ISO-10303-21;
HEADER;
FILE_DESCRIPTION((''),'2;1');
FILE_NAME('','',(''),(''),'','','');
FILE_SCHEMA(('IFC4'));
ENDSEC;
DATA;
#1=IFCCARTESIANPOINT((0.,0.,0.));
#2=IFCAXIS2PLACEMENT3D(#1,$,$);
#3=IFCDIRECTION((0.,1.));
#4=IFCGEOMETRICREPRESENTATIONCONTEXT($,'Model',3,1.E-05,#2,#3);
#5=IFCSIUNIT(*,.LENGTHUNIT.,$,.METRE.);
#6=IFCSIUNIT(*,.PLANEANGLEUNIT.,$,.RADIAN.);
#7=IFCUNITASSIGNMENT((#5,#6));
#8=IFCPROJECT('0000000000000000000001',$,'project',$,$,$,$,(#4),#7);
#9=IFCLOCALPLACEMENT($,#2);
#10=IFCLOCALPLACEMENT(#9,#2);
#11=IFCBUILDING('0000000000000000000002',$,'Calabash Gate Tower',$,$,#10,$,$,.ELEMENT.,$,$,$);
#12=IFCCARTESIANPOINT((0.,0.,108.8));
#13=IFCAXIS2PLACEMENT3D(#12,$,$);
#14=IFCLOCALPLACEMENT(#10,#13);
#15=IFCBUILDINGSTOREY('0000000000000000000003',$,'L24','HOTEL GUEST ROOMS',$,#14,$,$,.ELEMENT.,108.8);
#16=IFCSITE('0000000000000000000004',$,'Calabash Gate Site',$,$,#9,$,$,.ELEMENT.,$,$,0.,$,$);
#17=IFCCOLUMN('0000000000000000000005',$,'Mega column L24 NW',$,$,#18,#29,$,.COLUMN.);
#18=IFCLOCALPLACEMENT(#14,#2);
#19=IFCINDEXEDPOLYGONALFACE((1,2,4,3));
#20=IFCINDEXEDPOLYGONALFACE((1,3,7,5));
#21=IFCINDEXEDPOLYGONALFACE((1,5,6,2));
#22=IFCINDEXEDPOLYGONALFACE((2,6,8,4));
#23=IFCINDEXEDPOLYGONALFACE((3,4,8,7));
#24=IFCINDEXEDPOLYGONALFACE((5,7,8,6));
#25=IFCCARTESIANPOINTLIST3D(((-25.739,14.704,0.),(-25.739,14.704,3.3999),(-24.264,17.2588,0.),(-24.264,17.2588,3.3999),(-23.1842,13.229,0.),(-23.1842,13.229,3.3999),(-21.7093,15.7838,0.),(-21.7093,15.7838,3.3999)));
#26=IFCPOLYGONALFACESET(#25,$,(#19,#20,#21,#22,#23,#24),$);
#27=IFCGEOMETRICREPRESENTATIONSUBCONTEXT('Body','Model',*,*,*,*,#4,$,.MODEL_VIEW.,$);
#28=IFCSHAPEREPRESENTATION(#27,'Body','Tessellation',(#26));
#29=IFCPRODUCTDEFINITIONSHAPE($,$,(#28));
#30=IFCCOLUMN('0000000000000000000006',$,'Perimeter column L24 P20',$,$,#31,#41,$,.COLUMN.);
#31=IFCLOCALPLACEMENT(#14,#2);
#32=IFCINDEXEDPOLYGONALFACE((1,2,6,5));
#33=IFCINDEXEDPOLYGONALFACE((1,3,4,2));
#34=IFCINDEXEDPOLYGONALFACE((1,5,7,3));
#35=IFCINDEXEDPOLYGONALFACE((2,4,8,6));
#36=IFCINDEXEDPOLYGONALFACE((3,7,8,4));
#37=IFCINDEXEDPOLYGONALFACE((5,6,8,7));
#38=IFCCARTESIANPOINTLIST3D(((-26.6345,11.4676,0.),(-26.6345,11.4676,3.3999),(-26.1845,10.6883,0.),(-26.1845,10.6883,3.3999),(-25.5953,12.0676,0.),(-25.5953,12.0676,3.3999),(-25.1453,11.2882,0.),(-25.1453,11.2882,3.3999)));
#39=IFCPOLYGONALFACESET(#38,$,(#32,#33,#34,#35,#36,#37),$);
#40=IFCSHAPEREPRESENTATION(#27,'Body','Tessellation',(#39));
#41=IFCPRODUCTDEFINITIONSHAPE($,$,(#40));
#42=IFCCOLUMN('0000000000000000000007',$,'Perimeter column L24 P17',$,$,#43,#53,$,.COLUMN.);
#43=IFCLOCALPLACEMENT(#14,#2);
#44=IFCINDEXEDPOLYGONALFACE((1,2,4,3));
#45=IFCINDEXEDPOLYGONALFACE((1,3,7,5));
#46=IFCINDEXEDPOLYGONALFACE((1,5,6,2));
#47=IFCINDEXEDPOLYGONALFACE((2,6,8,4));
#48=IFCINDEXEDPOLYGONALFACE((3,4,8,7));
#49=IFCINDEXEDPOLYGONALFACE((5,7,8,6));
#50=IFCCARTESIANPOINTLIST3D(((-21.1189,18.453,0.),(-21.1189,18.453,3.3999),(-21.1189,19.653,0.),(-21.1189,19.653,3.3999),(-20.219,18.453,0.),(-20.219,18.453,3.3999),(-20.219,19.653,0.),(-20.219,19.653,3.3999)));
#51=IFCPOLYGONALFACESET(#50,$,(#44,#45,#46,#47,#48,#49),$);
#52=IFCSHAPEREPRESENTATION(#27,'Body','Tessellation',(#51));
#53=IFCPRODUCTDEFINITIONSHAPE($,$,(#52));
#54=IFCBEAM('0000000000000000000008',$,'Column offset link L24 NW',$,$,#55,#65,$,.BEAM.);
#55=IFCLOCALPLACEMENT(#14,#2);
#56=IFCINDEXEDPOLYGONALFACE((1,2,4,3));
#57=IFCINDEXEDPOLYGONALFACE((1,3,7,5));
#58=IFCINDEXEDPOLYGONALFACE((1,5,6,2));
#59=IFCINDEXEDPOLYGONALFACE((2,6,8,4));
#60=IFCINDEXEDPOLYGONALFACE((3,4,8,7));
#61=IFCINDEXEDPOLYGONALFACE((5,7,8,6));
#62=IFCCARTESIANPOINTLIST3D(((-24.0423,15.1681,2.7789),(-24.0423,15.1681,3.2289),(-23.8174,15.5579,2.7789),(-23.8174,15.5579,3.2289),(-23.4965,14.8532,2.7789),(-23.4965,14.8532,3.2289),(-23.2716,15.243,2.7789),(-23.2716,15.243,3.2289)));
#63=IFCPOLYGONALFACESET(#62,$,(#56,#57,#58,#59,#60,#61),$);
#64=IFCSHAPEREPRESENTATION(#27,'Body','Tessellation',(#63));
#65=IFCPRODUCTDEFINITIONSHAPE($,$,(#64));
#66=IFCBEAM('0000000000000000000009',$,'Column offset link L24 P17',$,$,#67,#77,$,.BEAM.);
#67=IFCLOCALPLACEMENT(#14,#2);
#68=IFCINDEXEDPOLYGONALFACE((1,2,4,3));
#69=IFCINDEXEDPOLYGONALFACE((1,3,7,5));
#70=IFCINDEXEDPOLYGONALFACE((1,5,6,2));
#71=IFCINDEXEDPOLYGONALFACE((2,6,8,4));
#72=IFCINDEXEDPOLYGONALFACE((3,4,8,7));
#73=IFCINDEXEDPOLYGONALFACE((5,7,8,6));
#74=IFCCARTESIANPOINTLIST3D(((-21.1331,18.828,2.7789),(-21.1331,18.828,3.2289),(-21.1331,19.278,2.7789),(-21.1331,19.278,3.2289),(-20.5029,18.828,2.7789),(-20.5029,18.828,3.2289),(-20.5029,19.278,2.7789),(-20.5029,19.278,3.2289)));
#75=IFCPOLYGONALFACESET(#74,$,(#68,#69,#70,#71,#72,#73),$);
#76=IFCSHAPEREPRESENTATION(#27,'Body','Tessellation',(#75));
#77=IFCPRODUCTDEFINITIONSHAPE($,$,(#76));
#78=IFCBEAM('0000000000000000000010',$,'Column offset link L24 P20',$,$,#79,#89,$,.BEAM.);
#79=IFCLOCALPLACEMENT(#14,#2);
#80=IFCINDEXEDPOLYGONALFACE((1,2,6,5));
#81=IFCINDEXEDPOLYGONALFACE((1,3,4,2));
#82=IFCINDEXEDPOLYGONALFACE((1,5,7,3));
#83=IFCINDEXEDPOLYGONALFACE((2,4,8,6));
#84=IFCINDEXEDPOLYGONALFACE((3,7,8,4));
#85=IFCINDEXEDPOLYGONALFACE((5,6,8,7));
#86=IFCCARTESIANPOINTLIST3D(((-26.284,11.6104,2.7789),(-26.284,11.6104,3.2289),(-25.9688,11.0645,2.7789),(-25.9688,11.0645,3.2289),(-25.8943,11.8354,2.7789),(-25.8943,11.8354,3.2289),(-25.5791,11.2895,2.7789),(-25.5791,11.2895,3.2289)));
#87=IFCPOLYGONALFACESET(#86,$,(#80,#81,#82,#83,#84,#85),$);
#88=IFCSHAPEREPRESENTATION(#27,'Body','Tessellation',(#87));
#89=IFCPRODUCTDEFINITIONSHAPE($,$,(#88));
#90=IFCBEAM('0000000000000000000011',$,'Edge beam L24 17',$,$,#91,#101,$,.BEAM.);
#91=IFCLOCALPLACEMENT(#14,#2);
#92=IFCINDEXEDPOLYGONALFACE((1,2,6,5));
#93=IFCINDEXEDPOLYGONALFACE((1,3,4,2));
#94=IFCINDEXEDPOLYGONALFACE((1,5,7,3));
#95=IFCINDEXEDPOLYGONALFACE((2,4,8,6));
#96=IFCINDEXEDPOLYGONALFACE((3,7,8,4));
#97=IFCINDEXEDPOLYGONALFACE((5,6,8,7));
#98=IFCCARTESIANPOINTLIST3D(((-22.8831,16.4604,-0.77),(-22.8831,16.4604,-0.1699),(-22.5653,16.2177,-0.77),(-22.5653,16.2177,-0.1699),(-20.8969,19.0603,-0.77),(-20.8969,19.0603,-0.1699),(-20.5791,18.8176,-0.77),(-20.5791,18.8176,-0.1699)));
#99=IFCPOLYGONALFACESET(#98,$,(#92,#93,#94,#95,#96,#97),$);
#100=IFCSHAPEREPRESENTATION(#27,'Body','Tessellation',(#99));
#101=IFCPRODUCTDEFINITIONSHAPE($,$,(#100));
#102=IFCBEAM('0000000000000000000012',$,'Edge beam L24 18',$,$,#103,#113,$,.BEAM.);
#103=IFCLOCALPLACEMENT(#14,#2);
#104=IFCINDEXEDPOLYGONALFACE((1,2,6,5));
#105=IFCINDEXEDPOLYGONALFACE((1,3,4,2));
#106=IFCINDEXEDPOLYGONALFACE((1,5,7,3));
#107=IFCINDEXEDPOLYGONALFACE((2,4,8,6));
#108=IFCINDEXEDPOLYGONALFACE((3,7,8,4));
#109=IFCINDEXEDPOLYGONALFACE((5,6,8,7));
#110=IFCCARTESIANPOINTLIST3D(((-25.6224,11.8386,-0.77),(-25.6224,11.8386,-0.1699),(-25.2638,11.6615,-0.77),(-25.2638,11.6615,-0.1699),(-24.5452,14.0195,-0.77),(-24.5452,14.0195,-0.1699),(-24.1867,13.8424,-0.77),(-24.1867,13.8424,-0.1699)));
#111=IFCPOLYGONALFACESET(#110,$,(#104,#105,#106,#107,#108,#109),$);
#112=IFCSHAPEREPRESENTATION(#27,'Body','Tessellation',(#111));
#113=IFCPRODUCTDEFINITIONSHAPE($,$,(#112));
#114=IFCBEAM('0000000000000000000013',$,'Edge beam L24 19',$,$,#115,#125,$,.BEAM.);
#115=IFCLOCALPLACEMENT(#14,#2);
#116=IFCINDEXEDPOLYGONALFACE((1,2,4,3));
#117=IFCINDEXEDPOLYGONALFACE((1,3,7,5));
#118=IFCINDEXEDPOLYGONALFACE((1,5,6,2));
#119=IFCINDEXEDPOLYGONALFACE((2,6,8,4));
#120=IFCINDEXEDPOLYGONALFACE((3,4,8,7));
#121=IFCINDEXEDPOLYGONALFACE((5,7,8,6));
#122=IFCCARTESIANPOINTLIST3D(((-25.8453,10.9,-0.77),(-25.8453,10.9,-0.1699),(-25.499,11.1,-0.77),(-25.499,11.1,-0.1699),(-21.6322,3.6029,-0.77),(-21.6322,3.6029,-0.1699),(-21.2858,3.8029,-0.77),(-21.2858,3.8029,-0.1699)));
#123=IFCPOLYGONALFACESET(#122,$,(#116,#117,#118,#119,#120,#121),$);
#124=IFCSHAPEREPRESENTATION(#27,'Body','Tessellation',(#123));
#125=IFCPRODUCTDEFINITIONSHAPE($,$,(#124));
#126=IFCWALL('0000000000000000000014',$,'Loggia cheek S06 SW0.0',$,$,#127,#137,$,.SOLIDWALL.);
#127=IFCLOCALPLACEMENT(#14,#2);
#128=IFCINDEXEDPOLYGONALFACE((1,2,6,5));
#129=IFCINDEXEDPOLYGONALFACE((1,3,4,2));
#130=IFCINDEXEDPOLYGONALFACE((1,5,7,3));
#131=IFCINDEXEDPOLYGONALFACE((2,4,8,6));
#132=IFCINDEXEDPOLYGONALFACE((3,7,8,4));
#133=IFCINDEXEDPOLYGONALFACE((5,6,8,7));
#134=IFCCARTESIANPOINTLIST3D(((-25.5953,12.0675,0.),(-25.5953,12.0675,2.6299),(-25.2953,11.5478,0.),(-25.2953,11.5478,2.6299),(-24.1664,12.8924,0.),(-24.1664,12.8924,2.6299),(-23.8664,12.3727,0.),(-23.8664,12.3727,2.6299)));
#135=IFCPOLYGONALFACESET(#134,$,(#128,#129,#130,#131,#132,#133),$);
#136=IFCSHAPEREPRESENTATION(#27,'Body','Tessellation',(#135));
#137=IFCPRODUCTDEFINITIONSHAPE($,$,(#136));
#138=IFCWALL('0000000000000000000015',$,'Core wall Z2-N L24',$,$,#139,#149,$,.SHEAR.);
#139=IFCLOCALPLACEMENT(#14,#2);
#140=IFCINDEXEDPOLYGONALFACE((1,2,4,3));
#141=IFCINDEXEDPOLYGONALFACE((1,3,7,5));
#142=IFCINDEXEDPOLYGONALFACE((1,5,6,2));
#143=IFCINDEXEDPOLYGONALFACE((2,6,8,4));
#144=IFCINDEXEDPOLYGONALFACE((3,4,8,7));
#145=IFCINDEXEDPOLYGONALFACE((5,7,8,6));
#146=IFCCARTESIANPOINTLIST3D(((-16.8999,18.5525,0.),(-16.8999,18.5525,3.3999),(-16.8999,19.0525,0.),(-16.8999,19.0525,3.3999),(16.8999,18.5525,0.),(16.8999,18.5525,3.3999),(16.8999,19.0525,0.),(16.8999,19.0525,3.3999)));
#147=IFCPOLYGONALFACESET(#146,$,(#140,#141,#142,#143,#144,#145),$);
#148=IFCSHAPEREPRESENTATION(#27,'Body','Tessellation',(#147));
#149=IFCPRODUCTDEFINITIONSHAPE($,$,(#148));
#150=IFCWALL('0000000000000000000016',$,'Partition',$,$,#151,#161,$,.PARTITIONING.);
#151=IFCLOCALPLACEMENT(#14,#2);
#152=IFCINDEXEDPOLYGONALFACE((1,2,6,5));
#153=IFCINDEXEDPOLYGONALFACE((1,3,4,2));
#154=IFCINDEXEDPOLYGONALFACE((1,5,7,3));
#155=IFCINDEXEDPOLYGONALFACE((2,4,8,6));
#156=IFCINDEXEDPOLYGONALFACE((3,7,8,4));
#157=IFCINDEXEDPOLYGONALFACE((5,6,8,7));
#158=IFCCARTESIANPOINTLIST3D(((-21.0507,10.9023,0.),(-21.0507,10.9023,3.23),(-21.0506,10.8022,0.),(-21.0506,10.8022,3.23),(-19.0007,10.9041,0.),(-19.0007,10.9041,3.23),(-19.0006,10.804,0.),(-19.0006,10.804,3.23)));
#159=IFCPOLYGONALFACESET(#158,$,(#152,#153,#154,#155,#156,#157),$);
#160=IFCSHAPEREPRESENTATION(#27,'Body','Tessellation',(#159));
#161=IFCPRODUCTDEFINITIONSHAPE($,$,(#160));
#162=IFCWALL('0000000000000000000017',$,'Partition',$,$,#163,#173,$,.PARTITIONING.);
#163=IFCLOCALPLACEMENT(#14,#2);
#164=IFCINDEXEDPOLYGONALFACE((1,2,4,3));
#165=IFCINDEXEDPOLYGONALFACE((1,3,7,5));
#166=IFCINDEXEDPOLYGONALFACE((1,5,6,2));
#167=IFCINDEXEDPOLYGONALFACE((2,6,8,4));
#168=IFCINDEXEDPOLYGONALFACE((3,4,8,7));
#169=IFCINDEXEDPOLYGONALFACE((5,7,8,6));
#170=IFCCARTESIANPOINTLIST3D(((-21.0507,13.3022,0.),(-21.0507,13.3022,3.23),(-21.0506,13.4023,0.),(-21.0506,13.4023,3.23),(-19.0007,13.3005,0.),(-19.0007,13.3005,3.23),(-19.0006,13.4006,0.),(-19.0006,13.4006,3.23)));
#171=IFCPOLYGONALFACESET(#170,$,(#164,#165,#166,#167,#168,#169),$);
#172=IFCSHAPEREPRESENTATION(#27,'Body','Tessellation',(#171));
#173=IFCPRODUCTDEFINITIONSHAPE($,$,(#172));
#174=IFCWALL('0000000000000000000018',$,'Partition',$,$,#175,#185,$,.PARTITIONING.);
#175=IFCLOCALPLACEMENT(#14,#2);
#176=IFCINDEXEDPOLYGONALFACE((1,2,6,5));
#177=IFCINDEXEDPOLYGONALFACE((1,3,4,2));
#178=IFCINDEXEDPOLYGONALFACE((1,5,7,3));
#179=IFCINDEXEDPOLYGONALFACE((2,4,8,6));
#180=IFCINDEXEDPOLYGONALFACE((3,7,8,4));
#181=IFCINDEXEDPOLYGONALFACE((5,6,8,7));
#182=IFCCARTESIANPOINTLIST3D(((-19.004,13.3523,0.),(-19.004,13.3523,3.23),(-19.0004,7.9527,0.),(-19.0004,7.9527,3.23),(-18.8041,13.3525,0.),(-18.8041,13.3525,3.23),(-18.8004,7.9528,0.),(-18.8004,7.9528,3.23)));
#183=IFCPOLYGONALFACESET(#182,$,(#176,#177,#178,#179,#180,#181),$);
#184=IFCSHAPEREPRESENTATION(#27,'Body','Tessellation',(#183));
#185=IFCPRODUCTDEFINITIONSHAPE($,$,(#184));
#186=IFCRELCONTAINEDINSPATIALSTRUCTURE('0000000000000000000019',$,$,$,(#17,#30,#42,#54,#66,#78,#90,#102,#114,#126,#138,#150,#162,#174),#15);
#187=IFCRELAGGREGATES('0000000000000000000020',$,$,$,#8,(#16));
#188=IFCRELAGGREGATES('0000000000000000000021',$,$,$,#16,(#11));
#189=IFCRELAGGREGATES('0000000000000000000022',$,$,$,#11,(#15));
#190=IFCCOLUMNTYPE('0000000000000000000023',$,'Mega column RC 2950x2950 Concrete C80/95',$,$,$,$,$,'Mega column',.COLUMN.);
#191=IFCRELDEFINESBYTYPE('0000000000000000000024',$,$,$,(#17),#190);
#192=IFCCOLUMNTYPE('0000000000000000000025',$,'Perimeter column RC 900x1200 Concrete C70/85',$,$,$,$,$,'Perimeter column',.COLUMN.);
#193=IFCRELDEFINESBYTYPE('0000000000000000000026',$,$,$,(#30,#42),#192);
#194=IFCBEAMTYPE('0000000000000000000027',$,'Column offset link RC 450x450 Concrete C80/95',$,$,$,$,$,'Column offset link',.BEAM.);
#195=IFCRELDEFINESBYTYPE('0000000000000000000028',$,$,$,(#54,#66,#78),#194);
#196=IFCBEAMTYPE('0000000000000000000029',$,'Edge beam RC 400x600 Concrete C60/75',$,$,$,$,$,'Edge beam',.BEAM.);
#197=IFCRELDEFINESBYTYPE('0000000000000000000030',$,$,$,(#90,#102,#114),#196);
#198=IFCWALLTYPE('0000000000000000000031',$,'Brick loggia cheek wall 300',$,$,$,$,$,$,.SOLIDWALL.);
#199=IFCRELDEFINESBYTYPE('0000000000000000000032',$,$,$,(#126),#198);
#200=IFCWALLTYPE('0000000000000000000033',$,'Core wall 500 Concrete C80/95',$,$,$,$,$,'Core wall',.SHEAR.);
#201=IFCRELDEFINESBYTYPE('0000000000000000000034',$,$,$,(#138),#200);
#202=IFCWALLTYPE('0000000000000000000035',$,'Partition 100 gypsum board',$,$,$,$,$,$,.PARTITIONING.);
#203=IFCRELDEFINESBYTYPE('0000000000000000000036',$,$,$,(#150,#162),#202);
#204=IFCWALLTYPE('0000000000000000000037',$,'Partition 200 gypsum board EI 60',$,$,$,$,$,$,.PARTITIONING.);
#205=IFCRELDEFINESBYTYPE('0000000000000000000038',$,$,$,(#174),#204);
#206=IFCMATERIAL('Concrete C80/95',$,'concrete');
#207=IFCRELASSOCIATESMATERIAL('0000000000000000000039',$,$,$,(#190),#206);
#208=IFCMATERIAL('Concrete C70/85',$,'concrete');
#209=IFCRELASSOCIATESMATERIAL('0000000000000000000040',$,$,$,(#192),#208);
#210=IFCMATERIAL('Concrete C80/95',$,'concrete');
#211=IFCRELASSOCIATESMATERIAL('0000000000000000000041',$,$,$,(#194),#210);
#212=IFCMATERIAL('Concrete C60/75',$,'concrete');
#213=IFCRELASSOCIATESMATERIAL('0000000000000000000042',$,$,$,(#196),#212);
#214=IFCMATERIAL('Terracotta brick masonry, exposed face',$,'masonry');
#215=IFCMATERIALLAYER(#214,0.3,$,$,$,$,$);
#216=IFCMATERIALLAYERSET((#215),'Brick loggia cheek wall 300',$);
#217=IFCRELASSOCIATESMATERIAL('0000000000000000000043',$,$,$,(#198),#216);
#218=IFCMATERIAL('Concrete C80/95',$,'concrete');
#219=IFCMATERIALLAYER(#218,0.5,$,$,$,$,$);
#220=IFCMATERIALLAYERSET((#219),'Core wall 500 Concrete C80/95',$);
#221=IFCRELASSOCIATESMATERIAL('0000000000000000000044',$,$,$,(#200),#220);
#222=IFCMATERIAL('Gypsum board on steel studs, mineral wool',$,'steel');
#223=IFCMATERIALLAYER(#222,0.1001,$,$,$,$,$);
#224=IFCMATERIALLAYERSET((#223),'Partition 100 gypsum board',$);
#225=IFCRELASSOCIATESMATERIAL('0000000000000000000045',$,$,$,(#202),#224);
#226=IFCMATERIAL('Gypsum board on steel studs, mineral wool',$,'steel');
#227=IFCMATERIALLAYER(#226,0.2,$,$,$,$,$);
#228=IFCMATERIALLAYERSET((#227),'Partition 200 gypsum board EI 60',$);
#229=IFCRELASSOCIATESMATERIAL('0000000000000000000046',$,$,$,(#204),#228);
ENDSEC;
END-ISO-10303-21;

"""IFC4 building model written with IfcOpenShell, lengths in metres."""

from ifc_helpers import new_model, si_unit, direction, frame, frame_2d, origin, origin_2d, place, context, subcontext, project, spatial, rectangle, extrude, material, layer, layer_set, material_profile, profile_set, type_object, element, save


model = new_model("IFC4")

# Units and contexts
model_context = context("Model", 3, precision=1e-05, world=origin(), true_north=direction((0.0, 1.0)))
body_context = subcontext(model_context, "Body", "Model", "MODEL_VIEW")
ifc_project = project(units=[si_unit("LENGTHUNIT", "METRE"), si_unit("PLANEANGLEUNIT", "RADIAN")], contexts=[model_context])

# Site, building, storey
site_placement = place(None, origin())
site = spatial("IfcSite", under=ifc_project, at=site_placement, Name="Calabash Gate Site", CompositionType="ELEMENT", RefElevation=0.0)
building_placement = place(site_placement, origin())
building = spatial("IfcBuilding", under=site, at=building_placement, Name="Calabash Gate Tower", CompositionType="ELEMENT")
storey_placement = place(building_placement, frame((0.0, 0.0, 108.8)))
storey = spatial("IfcBuildingStorey", under=building, at=storey_placement, Name="L24", Description="HOTEL GUEST ROOMS", CompositionType="ELEMENT", Elevation=108.8)

# Columns
ifc_material_1 = material(Name="Concrete C80/95", Category="concrete")
ifc_material_profile_1 = material_profile(ifc_material_1, rectangle(XDim=2.95, YDim=2.95, at=origin_2d()))
ifc_profile_set_1 = profile_set([ifc_material_profile_1], Name="Concrete C80/95")
column_type_1 = type_object("IfcColumnType", Name="Mega column RC 2950x2950 Concrete C80/95", ElementType="Mega column", PredefinedType="COLUMN", material=ifc_profile_set_1)
column_placement = place(storey_placement, frame((-23.7241, 15.2439, 0.0), z_axis=(0.0, 0.0, 1.0), x_axis=(0.866025, -0.5, 0.0)))
element("IfcColumn", 1, at=column_placement, inside=storey, type_object=column_type_1, Name="Mega column L24 NW", PredefinedType="COLUMN", context=body_context, shape_type="SweptSolid", body=[
    extrude(rectangle(XDim=2.95, YDim=2.95, at=origin_2d()), origin(), (0.0, 0.0, 1.0), 3.3999),
])
ifc_material_2 = material(Name="Concrete C70/85", Category="concrete")
ifc_material_profile_2 = material_profile(ifc_material_2, rectangle(XDim=0.8999, YDim=1.2, at=origin_2d()))
ifc_profile_set_2 = profile_set([ifc_material_profile_2], Name="Concrete C70/85")
column_type_2 = type_object("IfcColumnType", Name="Perimeter column RC 900x1200 Concrete C70/85", ElementType="Perimeter column", PredefinedType="COLUMN", material=ifc_profile_set_2)
for number, where, z_axis, x_axis, name in (
    (2, (-25.8899, 11.3779, 0.0), (0.0, 0.0, 1.0), (0.5, -0.866025, 0.0), "Perimeter column L24 P20"),
    (3, (-20.6689, 19.053, 0.0), (0.0, 0.0, 1.0), (-1.0, 0.0, 0.0), "Perimeter column L24 P17"),
):
    element("IfcColumn", number, at=place(storey_placement, frame(where, z_axis=z_axis, x_axis=x_axis)), inside=storey, type_object=column_type_2, Name=name, PredefinedType="COLUMN", context=body_context, shape_type="SweptSolid", body=[
        extrude(rectangle(XDim=0.8999, YDim=1.2, at=origin_2d()), origin(), (0.0, 0.0, 1.0), 3.3999),
    ])

# Beams
ifc_material_3 = material(Name="Concrete C80/95", Category="concrete")
ifc_material_profile_3 = material_profile(ifc_material_3, rectangle(XDim=0.45, YDim=0.45, at=origin_2d()))
ifc_profile_set_3 = profile_set([ifc_material_profile_3], Name="Concrete C80/95")
beam_type_1 = type_object("IfcBeamType", Name="Column offset link RC 450x450 Concrete C80/95", ElementType="Column offset link", PredefinedType="BEAM", material=ifc_profile_set_3)
for number, where, z_axis, x_axis, name in (
    (4, (-23.384, 15.0481, 3.0039), (-0.866186, 0.499722, 0.0), (-0.499722, -0.866186, 0.0), "Column offset link L24 NW"),
    (5, (-20.5029, 19.053, 3.0039), (-1.0, 0.0, 0.0), (0.0, -1.0, 0.0), "Column offset link L24 P17"),
):
    element("IfcBeam", number, at=place(storey_placement, frame(where, z_axis=z_axis, x_axis=x_axis)), inside=storey, type_object=beam_type_1, Name=name, PredefinedType="BEAM", context=body_context, shape_type="SweptSolid", body=[
        extrude(rectangle(XDim=0.45, YDim=0.45, at=origin_2d()), origin(), (0.0, 0.0, 1.0), 0.6301),
    ])
beam_1_placement = place(storey_placement, frame((-25.7739, 11.177, 3.0039), z_axis=(-0.500013, 0.866018, 0.0), x_axis=(-0.866018, -0.500013, 0.0)))
element("IfcBeam", 6, at=beam_1_placement, inside=storey, type_object=beam_type_1, Name="Column offset link L24 P20", PredefinedType="BEAM", context=body_context, shape_type="SweptSolid", body=[
    extrude(rectangle(XDim=0.45, YDim=0.45, at=origin_2d()), origin(), (0.0, 0.0, 1.0), 0.6304),
])
ifc_material_4 = material(Name="Concrete C60/75", Category="concrete")
ifc_material_profile_4 = material_profile(ifc_material_4, rectangle(XDim=0.3999, YDim=0.6001, at=origin_2d()))
ifc_profile_set_4 = profile_set([ifc_material_profile_4], Name="Concrete C60/75")
beam_type_2 = type_object("IfcBeamType", Name="Edge beam RC 400x600 Concrete C60/75", ElementType="Edge beam", PredefinedType="BEAM", material=ifc_profile_set_4)
beam_2_placement = place(storey_placement, frame((-20.738, 18.939, -0.47), z_axis=(-0.607057, -0.794659, 0.0), x_axis=(0.794659, -0.607057, 0.0)))
element("IfcBeam", 7, at=beam_2_placement, inside=storey, type_object=beam_type_2, Name="Edge beam L24 17", PredefinedType="BEAM", context=body_context, shape_type="SweptSolid", body=[
    extrude(rectangle(XDim=0.3999, YDim=0.6001, at=origin_2d()), origin(), (0.0, 0.0, 1.0), 3.2717),
])
beam_3_placement = place(storey_placement, frame((-24.366, 13.9309, -0.47), z_axis=(-0.442832, -0.896605, 0.0), x_axis=(0.896605, -0.442832, 0.0)))
element("IfcBeam", 8, at=beam_3_placement, inside=storey, type_object=beam_type_2, Name="Edge beam L24 18", PredefinedType="BEAM", context=body_context, shape_type="SweptSolid", body=[
    extrude(rectangle(XDim=0.3999, YDim=0.6001, at=origin_2d()), origin(), (0.0, 0.0, 1.0), 2.4324),
])
beam_4_placement = place(storey_placement, frame((-25.6721, 11.0, -0.47), z_axis=(0.500013, -0.866018, 0.0), x_axis=(0.866018, 0.500013, 0.0)))
element("IfcBeam", 9, at=beam_4_placement, inside=storey, type_object=beam_type_2, Name="Edge beam L24 19", PredefinedType="BEAM", context=body_context, shape_type="SweptSolid", body=[
    extrude(rectangle(XDim=0.3999, YDim=0.6001, at=origin_2d()), origin(), (0.0, 0.0, 1.0), 8.426),
])

# Walls
ifc_material_5 = material(Name="Terracotta brick masonry, exposed face", Category="masonry")
ifc_layer_1 = layer(ifc_material_5, 0.3)
ifc_layer_set_1 = layer_set([ifc_layer_1], Name="Brick loggia cheek wall 300")
wall_type_1 = type_object("IfcWallType", Name="Brick loggia cheek wall 300", PredefinedType="SOLIDWALL", material=ifc_layer_set_1)
wall_1_placement = place(storey_placement, frame((-25.4453, 11.8076, 0.0), z_axis=(0.0, 0.0, 1.0), x_axis=(0.86604, 0.499974, 0.0)))
element("IfcWall", 10, at=wall_1_placement, inside=storey, type_object=wall_type_1, Name="Loggia cheek S06 SW0.0", PredefinedType="SOLIDWALL", context=body_context, shape_type="SweptSolid", body=[
    extrude(rectangle(XDim=1.6499, YDim=0.6001, at=frame_2d((0.825, 0.0))), origin(), (0.0, 0.0, 1.0), 2.6299),
])
ifc_material_6 = material(Name="Concrete C80/95", Category="concrete")
ifc_layer_2 = layer(ifc_material_6, 0.5)
ifc_layer_set_2 = layer_set([ifc_layer_2], Name="Core wall 500 Concrete C80/95")
wall_type_2 = type_object("IfcWallType", Name="Core wall 500 Concrete C80/95", ElementType="Core wall", PredefinedType="SHEAR", material=ifc_layer_set_2)
wall_2_placement = place(storey_placement, frame((-16.8999, 18.8025, 0.0), z_axis=(0.0, 0.0, 1.0), x_axis=(1.0, 0.0, 0.0)))
element("IfcWall", 11, at=wall_2_placement, inside=storey, type_object=wall_type_2, Name="Core wall Z2-N L24", PredefinedType="SHEAR", context=body_context, shape_type="SweptSolid", body=[
    extrude(rectangle(XDim=33.7998, YDim=0.5, at=frame_2d((16.8999, 0.0))), origin(), (0.0, 0.0, 1.0), 3.3999),
])
ifc_material_7 = material(Name="Gypsum board on steel studs, mineral wool", Category="steel")
ifc_layer_3 = layer(ifc_material_7, 0.1001)
ifc_layer_set_3 = layer_set([ifc_layer_3], Name="Partition 100 gypsum board")
wall_type_3 = type_object("IfcWallType", Name="Partition 100 gypsum board", PredefinedType="PARTITIONING", material=ifc_layer_set_3)
for number, where, z_axis, x_axis, name in (
    (12, (-21.0505, 10.8523, 0.0), (0.0, 0.0, 1.0), (1.0, 0.000834, 0.0), "Partition"),
    (13, (-21.0505, 13.3523, 0.0), (0.0, 0.0, 1.0), (1.0, -0.000834, 0.0), "Partition"),
):
    element("IfcWall", number, at=place(storey_placement, frame(where, z_axis=z_axis, x_axis=x_axis)), inside=storey, type_object=wall_type_3, Name=name, PredefinedType="PARTITIONING", context=body_context, shape_type="SweptSolid", body=[
        extrude(rectangle(XDim=2.05, YDim=0.1001, at=frame_2d((1.0249, 0.0))), origin(), (0.0, 0.0, 1.0), 3.23),
    ])
ifc_material_8 = material(Name="Gypsum board on steel studs, mineral wool", Category="steel")
ifc_layer_4 = layer(ifc_material_8, 0.2)
ifc_layer_set_4 = layer_set([ifc_layer_4], Name="Partition 200 gypsum board EI 60")
wall_type_4 = type_object("IfcWallType", Name="Partition 200 gypsum board EI 60", PredefinedType="PARTITIONING", material=ifc_layer_set_4)
wall_3_placement = place(storey_placement, frame((-18.9041, 13.3523, 0.0), z_axis=(0.0, 0.0, 1.0), x_axis=(0.000678, -1.0, 0.0)))
element("IfcWall", 14, at=wall_3_placement, inside=storey, type_object=wall_type_4, Name="Partition", PredefinedType="PARTITIONING", context=body_context, shape_type="SweptSolid", body=[
    extrude(rectangle(XDim=5.3997, YDim=0.2, at=frame_2d((2.6997, 0.0))), origin(), (0.0, 0.0, 1.0), 3.23),
])

save(model, "model.ifc")
